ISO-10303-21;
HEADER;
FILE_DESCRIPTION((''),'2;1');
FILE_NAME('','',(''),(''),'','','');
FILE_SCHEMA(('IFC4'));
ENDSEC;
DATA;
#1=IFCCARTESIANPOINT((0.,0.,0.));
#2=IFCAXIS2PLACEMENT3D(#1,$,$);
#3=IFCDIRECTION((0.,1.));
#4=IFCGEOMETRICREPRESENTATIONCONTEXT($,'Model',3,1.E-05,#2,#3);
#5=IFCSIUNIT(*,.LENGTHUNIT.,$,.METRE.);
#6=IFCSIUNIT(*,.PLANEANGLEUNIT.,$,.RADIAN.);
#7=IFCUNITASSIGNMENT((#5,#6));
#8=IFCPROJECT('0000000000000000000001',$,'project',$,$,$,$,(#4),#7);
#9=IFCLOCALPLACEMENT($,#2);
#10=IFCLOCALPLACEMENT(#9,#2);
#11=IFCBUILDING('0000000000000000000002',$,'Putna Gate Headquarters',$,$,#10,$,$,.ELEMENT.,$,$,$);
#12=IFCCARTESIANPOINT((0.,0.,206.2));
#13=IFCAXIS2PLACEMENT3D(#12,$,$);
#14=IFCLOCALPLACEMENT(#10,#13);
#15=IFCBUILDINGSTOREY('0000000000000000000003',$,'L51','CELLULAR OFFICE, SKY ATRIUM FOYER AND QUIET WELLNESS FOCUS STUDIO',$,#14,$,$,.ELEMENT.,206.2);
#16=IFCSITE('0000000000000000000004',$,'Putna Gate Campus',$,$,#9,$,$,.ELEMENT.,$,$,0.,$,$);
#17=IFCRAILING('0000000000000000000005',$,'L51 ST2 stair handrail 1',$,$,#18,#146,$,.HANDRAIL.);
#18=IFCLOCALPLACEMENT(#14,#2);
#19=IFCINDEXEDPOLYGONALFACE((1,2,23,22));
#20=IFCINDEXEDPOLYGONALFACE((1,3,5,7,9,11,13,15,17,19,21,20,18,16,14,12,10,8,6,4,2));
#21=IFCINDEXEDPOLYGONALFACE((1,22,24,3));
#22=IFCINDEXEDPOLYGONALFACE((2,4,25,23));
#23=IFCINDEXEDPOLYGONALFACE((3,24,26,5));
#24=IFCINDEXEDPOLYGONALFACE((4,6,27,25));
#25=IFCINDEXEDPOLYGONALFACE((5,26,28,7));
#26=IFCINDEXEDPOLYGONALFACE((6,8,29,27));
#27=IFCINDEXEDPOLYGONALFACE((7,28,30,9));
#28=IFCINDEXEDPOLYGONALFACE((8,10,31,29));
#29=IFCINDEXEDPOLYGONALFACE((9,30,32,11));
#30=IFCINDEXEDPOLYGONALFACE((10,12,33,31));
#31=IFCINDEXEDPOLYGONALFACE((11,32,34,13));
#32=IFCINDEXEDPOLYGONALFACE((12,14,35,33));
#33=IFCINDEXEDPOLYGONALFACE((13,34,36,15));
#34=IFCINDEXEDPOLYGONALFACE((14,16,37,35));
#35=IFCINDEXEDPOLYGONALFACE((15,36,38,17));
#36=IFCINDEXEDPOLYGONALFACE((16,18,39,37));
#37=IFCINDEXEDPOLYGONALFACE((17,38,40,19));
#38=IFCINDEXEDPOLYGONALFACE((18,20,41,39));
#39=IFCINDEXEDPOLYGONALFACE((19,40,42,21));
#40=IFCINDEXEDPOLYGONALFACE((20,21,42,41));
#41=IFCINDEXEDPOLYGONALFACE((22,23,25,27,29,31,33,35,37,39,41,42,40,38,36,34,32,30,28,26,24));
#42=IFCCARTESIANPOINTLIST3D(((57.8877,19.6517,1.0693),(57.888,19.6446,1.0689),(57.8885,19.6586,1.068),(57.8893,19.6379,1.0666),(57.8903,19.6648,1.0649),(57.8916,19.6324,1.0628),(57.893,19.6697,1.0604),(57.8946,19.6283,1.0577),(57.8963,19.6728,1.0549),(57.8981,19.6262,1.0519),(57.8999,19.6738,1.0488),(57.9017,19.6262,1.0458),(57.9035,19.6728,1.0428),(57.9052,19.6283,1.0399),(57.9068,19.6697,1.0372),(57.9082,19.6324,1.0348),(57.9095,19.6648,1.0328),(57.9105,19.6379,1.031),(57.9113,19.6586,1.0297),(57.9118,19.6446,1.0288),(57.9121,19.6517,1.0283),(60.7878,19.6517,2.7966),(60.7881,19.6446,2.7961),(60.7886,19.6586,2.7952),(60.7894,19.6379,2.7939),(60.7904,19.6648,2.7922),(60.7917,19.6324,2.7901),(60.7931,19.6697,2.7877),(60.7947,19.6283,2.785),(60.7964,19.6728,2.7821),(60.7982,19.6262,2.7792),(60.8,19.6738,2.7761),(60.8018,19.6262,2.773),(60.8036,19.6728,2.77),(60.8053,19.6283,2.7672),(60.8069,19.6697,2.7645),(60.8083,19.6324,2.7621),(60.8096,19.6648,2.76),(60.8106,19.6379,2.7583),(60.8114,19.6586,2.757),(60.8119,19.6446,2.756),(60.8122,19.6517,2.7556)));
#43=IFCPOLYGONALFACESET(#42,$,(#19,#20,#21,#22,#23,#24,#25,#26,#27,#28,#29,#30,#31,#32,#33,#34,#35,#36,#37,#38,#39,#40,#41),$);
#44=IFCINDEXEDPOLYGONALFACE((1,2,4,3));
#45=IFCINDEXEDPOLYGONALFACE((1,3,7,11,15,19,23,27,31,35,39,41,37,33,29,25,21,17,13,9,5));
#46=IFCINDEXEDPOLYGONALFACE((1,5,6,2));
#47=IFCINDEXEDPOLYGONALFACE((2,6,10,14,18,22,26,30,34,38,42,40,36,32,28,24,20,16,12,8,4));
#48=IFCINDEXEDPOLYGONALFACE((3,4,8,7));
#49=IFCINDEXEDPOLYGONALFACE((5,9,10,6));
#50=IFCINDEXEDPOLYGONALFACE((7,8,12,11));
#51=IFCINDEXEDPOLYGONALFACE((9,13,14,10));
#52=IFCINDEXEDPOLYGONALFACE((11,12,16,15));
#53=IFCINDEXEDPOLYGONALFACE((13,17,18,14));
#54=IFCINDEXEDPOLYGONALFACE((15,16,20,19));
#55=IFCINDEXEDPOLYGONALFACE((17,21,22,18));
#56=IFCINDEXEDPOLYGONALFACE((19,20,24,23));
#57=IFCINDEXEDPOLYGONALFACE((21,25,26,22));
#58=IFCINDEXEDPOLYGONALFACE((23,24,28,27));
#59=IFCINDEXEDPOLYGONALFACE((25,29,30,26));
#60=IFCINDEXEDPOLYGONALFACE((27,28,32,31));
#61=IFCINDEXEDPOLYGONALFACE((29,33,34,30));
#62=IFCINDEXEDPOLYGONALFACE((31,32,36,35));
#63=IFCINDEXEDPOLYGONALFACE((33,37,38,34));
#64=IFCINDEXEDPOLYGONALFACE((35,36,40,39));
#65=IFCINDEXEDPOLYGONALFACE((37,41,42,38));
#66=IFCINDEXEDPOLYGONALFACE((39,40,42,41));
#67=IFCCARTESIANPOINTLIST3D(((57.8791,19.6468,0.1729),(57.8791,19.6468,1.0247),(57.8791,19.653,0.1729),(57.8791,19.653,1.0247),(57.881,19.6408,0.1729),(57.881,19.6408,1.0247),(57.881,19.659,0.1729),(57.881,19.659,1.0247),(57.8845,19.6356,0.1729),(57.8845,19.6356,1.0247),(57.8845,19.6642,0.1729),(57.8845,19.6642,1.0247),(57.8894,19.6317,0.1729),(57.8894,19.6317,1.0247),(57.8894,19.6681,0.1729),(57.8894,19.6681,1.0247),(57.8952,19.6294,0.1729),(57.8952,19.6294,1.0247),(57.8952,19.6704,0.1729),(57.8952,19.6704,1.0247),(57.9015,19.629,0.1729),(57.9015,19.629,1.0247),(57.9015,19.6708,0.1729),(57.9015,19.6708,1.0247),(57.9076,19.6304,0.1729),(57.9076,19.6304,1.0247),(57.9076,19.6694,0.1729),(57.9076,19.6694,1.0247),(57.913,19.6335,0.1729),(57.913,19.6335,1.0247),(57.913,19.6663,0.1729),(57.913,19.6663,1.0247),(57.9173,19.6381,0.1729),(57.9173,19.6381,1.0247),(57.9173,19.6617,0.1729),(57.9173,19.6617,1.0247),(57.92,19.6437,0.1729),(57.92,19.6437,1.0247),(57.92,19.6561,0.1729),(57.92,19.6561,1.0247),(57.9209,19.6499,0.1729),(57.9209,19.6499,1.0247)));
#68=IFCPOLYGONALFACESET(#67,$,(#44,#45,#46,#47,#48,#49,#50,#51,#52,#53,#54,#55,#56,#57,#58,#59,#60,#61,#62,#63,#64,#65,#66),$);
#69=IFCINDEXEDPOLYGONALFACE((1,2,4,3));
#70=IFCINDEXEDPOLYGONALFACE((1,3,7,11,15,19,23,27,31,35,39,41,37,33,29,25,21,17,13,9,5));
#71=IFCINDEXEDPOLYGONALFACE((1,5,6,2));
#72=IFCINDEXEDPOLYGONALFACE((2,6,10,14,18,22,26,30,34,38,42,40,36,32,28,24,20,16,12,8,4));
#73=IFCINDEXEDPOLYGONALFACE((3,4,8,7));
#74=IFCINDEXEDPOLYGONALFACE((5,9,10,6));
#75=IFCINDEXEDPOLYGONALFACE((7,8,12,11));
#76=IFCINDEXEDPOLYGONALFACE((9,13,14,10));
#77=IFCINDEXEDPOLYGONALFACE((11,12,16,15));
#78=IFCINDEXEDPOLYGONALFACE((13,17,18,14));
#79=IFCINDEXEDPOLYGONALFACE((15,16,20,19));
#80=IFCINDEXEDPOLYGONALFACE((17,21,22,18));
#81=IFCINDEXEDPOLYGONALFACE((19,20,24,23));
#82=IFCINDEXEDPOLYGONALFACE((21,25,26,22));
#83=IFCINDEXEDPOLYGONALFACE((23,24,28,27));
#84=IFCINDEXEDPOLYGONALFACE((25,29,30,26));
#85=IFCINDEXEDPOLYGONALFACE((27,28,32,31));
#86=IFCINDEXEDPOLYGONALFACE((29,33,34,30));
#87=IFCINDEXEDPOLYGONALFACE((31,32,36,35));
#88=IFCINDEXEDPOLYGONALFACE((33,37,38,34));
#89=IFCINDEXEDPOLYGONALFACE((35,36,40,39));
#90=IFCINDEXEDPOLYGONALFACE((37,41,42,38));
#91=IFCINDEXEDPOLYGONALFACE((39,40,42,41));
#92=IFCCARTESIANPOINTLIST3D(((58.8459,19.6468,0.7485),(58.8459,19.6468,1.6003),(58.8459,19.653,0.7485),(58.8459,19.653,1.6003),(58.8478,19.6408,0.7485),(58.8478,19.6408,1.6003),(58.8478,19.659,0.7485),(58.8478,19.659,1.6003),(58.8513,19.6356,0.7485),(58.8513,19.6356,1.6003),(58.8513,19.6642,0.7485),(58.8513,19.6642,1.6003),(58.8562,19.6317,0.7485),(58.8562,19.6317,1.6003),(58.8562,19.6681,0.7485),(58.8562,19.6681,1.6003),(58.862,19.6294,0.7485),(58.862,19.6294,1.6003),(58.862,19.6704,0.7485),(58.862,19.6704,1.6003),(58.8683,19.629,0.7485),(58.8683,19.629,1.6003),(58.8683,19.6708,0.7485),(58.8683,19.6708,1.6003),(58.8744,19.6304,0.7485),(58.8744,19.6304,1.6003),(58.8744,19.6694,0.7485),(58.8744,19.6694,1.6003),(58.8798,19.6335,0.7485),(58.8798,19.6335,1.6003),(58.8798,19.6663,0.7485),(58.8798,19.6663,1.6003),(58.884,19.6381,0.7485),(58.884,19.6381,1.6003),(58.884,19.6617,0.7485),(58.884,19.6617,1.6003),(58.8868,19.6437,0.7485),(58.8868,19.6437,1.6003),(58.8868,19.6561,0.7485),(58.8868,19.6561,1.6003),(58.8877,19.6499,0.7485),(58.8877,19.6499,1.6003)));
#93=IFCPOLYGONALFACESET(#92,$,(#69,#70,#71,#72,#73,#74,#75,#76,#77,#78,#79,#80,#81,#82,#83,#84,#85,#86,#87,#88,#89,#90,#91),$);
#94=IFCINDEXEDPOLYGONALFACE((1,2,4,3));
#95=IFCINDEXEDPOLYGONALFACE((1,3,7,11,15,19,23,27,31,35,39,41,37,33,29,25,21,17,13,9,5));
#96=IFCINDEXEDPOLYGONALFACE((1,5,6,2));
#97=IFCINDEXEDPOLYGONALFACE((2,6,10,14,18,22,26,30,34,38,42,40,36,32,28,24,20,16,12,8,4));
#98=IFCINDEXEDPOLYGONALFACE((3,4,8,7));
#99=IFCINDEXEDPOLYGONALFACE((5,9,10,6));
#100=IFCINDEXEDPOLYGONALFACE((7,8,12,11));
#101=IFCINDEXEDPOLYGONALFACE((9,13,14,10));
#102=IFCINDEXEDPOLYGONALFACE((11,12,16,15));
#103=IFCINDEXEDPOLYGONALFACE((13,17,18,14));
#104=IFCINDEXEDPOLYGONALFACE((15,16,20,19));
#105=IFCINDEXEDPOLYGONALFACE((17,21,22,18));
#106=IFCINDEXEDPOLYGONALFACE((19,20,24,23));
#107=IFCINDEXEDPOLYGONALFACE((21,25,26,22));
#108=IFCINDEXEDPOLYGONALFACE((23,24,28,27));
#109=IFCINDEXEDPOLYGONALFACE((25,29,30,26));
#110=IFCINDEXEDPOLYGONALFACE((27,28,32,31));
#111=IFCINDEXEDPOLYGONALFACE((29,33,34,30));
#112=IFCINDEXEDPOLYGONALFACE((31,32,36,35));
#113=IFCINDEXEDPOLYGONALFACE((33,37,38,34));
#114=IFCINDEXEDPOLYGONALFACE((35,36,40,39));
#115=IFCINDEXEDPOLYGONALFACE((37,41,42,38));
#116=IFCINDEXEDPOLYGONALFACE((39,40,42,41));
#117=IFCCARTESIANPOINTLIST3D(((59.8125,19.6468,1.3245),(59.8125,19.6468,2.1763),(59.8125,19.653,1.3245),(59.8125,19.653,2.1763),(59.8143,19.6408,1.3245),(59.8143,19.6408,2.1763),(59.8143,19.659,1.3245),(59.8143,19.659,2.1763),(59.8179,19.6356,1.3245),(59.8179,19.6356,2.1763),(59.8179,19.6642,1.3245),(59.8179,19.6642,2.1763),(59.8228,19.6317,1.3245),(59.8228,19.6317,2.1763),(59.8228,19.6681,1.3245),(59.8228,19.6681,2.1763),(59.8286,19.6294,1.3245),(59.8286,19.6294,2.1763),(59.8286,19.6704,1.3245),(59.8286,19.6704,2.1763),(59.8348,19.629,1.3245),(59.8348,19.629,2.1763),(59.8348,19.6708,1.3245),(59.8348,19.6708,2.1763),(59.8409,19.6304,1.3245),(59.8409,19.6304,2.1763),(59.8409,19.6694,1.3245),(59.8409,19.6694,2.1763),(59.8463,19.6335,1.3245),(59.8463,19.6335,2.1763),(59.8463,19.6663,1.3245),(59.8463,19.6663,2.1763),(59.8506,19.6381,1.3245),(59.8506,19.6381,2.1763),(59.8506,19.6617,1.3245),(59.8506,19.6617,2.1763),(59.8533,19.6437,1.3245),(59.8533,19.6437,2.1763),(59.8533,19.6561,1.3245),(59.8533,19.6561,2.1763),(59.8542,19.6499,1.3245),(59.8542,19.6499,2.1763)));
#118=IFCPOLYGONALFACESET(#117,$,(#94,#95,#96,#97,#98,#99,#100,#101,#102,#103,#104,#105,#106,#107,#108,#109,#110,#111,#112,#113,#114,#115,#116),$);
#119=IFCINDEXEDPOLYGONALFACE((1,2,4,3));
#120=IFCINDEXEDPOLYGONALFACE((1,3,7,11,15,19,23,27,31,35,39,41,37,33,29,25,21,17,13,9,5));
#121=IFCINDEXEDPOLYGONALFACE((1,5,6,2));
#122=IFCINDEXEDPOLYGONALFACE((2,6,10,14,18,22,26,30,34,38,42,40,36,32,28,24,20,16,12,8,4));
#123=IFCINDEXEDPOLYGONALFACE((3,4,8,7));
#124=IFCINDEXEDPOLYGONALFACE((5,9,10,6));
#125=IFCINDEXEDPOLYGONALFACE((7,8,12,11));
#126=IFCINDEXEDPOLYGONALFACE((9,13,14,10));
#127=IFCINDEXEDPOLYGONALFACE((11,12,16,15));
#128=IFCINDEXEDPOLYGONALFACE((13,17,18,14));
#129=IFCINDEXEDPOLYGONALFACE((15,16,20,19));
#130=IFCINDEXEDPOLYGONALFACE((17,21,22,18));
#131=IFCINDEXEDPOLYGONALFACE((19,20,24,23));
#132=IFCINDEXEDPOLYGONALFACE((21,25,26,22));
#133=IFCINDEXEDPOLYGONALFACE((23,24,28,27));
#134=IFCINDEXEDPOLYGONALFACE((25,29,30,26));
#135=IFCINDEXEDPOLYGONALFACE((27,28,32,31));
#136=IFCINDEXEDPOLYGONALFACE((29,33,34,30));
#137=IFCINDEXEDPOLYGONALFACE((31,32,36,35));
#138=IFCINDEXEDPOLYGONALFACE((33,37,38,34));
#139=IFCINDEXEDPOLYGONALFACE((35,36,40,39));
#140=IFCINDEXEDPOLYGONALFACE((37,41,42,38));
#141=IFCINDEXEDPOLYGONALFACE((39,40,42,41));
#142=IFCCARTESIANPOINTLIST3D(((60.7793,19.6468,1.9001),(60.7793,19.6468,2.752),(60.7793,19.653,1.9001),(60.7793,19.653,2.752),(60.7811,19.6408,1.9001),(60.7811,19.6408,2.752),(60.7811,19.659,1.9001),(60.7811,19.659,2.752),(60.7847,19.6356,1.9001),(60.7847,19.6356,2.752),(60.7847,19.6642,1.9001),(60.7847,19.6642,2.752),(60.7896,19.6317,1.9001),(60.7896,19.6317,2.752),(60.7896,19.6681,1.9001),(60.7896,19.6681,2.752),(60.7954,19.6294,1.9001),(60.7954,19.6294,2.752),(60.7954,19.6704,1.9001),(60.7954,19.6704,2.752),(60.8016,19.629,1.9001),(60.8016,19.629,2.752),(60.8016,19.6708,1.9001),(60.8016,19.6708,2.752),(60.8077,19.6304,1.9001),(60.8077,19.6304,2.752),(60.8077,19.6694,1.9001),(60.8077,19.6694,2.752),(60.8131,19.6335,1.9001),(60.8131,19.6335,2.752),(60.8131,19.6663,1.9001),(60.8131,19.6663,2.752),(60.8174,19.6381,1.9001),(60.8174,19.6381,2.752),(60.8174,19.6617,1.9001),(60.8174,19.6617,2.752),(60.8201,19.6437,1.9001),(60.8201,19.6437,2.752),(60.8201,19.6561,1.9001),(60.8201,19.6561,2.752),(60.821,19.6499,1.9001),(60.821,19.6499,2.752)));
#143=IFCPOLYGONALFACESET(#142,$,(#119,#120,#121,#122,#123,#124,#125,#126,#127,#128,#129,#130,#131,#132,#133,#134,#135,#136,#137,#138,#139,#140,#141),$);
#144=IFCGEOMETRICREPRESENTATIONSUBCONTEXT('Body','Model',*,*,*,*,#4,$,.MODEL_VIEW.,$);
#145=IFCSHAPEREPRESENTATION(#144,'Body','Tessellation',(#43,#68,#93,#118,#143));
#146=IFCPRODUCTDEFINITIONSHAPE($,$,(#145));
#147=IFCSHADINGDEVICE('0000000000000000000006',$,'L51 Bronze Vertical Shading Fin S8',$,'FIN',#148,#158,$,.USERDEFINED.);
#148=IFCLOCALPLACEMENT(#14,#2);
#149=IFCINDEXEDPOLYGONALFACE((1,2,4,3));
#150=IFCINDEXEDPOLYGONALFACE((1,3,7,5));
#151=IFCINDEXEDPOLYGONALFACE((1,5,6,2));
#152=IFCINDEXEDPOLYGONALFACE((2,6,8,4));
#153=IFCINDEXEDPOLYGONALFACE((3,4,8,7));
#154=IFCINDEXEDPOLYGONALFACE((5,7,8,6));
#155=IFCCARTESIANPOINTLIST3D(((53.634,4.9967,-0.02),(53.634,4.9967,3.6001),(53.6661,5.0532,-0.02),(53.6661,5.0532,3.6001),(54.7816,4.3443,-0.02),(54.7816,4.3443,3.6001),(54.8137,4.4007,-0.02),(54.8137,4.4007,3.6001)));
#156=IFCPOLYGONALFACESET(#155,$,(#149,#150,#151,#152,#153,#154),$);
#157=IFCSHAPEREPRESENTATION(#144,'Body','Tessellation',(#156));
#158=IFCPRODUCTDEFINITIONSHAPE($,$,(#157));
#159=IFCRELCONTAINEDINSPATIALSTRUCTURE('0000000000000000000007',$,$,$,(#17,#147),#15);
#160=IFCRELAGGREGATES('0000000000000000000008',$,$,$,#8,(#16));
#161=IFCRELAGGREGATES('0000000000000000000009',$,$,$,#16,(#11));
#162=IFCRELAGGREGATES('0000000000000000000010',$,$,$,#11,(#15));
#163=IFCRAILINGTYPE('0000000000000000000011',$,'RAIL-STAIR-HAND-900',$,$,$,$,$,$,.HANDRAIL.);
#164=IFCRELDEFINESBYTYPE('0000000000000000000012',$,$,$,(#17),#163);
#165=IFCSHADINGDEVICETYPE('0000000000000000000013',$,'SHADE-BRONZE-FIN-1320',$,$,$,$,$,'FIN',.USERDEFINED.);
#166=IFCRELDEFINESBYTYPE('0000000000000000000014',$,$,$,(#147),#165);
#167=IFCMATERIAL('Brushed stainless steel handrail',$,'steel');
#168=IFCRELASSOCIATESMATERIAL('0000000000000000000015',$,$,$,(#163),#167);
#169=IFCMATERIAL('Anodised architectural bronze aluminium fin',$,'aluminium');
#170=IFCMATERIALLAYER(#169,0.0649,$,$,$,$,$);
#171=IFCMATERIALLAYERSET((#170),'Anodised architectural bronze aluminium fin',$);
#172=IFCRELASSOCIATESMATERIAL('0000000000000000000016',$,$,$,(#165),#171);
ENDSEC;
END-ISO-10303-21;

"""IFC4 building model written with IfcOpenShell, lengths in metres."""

from ifc_helpers import new_model, si_unit, direction, frame, origin, origin_2d, place, context, subcontext, project, spatial, rectangle, circle, extrude, material, layer, layer_set, type_object, element, save


model = new_model("IFC4")

# Units and contexts
model_context = context("Model", 3, precision=1e-05, world=origin(), true_north=direction((0.0, 1.0)))
body_context = subcontext(model_context, "Body", "Model", "MODEL_VIEW")
ifc_project = project(units=[si_unit("LENGTHUNIT", "METRE"), si_unit("PLANEANGLEUNIT", "RADIAN")], contexts=[model_context])

# Site, building, storey
site_placement = place(None, origin())
site = spatial("IfcSite", under=ifc_project, at=site_placement, Name="Putna Gate Campus", CompositionType="ELEMENT", RefElevation=0.0)
building_placement = place(site_placement, origin())
building = spatial("IfcBuilding", under=site, at=building_placement, Name="Putna Gate Headquarters", CompositionType="ELEMENT")
storey_placement = place(building_placement, frame((0.0, 0.0, 206.2)))
storey = spatial("IfcBuildingStorey", under=building, at=storey_placement, Name="L51", Description="CELLULAR OFFICE, SKY ATRIUM FOYER AND QUIET WELLNESS FOCUS STUDIO", CompositionType="ELEMENT", Elevation=206.2)

# Railing
ifc_material_1 = material(Name="Brushed stainless steel handrail", Category="steel")
railing_type_1 = type_object("IfcRailingType", Name="RAIL-STAIR-HAND-900", PredefinedType="HANDRAIL", material=ifc_material_1)
railing_1_placement = place(storey_placement, frame((57.8999, 19.6499, 0.1729)))
element("IfcRailing", 1, at=railing_1_placement, inside=storey, type_object=railing_type_1, Name="L51 ST2 stair handrail 1", PredefinedType="HANDRAIL", context=body_context, shape_type="SweptSolid", body=[
    extrude(circle(Radius=0.0239, at=origin_2d()), frame((0.0, 0.0, 0.876), z_axis=(0.85916, 0.0, 0.511706), x_axis=(0.0, 1.0, 0.0)), (0.0, 0.0, 1.0), 3.3755),
    extrude(circle(Radius=0.021, at=origin_2d()), origin(), (0.0, 0.0, 1.0), 0.8518),
    extrude(circle(Radius=0.021, at=origin_2d()), frame((0.9668, 0.0, 0.5757)), (0.0, 0.0, 1.0), 0.8518),
    extrude(circle(Radius=0.021, at=origin_2d()), frame((1.9333, 0.0, 1.1516)), (0.0, 0.0, 1.0), 0.8518),
    extrude(circle(Radius=0.021, at=origin_2d()), frame((2.9001, 0.0, 1.7273)), (0.0, 0.0, 1.0), 0.8518),
])

# Shading device
ifc_material_2 = material(Name="Anodised architectural bronze aluminium fin", Category="aluminium")
ifc_layer_1 = layer(ifc_material_2, 0.0649)
ifc_layer_set_1 = layer_set([ifc_layer_1], Name="Anodised architectural bronze aluminium fin")
shading_device_type = type_object("IfcShadingDeviceType", Name="SHADE-BRONZE-FIN-1320", ElementType="FIN", PredefinedType="USERDEFINED", material=ifc_layer_set_1)
shading_device_placement = place(storey_placement, frame((54.2239, 4.6987, -0.02), z_axis=(0.0, 0.0, 1.0), x_axis=(0.869322, -0.494245, 0.0)))
element("IfcShadingDevice", 2, at=shading_device_placement, inside=storey, type_object=shading_device_type, Name="L51 Bronze Vertical Shading Fin S8", ObjectType="FIN", PredefinedType="USERDEFINED", context=body_context, shape_type="SweptSolid", body=[
    extrude(rectangle(XDim=1.3201, YDim=0.0649, at=origin_2d()), origin(), (0.0, 0.0, 1.0), 3.6201),
])

save(model, "model.ifc")
